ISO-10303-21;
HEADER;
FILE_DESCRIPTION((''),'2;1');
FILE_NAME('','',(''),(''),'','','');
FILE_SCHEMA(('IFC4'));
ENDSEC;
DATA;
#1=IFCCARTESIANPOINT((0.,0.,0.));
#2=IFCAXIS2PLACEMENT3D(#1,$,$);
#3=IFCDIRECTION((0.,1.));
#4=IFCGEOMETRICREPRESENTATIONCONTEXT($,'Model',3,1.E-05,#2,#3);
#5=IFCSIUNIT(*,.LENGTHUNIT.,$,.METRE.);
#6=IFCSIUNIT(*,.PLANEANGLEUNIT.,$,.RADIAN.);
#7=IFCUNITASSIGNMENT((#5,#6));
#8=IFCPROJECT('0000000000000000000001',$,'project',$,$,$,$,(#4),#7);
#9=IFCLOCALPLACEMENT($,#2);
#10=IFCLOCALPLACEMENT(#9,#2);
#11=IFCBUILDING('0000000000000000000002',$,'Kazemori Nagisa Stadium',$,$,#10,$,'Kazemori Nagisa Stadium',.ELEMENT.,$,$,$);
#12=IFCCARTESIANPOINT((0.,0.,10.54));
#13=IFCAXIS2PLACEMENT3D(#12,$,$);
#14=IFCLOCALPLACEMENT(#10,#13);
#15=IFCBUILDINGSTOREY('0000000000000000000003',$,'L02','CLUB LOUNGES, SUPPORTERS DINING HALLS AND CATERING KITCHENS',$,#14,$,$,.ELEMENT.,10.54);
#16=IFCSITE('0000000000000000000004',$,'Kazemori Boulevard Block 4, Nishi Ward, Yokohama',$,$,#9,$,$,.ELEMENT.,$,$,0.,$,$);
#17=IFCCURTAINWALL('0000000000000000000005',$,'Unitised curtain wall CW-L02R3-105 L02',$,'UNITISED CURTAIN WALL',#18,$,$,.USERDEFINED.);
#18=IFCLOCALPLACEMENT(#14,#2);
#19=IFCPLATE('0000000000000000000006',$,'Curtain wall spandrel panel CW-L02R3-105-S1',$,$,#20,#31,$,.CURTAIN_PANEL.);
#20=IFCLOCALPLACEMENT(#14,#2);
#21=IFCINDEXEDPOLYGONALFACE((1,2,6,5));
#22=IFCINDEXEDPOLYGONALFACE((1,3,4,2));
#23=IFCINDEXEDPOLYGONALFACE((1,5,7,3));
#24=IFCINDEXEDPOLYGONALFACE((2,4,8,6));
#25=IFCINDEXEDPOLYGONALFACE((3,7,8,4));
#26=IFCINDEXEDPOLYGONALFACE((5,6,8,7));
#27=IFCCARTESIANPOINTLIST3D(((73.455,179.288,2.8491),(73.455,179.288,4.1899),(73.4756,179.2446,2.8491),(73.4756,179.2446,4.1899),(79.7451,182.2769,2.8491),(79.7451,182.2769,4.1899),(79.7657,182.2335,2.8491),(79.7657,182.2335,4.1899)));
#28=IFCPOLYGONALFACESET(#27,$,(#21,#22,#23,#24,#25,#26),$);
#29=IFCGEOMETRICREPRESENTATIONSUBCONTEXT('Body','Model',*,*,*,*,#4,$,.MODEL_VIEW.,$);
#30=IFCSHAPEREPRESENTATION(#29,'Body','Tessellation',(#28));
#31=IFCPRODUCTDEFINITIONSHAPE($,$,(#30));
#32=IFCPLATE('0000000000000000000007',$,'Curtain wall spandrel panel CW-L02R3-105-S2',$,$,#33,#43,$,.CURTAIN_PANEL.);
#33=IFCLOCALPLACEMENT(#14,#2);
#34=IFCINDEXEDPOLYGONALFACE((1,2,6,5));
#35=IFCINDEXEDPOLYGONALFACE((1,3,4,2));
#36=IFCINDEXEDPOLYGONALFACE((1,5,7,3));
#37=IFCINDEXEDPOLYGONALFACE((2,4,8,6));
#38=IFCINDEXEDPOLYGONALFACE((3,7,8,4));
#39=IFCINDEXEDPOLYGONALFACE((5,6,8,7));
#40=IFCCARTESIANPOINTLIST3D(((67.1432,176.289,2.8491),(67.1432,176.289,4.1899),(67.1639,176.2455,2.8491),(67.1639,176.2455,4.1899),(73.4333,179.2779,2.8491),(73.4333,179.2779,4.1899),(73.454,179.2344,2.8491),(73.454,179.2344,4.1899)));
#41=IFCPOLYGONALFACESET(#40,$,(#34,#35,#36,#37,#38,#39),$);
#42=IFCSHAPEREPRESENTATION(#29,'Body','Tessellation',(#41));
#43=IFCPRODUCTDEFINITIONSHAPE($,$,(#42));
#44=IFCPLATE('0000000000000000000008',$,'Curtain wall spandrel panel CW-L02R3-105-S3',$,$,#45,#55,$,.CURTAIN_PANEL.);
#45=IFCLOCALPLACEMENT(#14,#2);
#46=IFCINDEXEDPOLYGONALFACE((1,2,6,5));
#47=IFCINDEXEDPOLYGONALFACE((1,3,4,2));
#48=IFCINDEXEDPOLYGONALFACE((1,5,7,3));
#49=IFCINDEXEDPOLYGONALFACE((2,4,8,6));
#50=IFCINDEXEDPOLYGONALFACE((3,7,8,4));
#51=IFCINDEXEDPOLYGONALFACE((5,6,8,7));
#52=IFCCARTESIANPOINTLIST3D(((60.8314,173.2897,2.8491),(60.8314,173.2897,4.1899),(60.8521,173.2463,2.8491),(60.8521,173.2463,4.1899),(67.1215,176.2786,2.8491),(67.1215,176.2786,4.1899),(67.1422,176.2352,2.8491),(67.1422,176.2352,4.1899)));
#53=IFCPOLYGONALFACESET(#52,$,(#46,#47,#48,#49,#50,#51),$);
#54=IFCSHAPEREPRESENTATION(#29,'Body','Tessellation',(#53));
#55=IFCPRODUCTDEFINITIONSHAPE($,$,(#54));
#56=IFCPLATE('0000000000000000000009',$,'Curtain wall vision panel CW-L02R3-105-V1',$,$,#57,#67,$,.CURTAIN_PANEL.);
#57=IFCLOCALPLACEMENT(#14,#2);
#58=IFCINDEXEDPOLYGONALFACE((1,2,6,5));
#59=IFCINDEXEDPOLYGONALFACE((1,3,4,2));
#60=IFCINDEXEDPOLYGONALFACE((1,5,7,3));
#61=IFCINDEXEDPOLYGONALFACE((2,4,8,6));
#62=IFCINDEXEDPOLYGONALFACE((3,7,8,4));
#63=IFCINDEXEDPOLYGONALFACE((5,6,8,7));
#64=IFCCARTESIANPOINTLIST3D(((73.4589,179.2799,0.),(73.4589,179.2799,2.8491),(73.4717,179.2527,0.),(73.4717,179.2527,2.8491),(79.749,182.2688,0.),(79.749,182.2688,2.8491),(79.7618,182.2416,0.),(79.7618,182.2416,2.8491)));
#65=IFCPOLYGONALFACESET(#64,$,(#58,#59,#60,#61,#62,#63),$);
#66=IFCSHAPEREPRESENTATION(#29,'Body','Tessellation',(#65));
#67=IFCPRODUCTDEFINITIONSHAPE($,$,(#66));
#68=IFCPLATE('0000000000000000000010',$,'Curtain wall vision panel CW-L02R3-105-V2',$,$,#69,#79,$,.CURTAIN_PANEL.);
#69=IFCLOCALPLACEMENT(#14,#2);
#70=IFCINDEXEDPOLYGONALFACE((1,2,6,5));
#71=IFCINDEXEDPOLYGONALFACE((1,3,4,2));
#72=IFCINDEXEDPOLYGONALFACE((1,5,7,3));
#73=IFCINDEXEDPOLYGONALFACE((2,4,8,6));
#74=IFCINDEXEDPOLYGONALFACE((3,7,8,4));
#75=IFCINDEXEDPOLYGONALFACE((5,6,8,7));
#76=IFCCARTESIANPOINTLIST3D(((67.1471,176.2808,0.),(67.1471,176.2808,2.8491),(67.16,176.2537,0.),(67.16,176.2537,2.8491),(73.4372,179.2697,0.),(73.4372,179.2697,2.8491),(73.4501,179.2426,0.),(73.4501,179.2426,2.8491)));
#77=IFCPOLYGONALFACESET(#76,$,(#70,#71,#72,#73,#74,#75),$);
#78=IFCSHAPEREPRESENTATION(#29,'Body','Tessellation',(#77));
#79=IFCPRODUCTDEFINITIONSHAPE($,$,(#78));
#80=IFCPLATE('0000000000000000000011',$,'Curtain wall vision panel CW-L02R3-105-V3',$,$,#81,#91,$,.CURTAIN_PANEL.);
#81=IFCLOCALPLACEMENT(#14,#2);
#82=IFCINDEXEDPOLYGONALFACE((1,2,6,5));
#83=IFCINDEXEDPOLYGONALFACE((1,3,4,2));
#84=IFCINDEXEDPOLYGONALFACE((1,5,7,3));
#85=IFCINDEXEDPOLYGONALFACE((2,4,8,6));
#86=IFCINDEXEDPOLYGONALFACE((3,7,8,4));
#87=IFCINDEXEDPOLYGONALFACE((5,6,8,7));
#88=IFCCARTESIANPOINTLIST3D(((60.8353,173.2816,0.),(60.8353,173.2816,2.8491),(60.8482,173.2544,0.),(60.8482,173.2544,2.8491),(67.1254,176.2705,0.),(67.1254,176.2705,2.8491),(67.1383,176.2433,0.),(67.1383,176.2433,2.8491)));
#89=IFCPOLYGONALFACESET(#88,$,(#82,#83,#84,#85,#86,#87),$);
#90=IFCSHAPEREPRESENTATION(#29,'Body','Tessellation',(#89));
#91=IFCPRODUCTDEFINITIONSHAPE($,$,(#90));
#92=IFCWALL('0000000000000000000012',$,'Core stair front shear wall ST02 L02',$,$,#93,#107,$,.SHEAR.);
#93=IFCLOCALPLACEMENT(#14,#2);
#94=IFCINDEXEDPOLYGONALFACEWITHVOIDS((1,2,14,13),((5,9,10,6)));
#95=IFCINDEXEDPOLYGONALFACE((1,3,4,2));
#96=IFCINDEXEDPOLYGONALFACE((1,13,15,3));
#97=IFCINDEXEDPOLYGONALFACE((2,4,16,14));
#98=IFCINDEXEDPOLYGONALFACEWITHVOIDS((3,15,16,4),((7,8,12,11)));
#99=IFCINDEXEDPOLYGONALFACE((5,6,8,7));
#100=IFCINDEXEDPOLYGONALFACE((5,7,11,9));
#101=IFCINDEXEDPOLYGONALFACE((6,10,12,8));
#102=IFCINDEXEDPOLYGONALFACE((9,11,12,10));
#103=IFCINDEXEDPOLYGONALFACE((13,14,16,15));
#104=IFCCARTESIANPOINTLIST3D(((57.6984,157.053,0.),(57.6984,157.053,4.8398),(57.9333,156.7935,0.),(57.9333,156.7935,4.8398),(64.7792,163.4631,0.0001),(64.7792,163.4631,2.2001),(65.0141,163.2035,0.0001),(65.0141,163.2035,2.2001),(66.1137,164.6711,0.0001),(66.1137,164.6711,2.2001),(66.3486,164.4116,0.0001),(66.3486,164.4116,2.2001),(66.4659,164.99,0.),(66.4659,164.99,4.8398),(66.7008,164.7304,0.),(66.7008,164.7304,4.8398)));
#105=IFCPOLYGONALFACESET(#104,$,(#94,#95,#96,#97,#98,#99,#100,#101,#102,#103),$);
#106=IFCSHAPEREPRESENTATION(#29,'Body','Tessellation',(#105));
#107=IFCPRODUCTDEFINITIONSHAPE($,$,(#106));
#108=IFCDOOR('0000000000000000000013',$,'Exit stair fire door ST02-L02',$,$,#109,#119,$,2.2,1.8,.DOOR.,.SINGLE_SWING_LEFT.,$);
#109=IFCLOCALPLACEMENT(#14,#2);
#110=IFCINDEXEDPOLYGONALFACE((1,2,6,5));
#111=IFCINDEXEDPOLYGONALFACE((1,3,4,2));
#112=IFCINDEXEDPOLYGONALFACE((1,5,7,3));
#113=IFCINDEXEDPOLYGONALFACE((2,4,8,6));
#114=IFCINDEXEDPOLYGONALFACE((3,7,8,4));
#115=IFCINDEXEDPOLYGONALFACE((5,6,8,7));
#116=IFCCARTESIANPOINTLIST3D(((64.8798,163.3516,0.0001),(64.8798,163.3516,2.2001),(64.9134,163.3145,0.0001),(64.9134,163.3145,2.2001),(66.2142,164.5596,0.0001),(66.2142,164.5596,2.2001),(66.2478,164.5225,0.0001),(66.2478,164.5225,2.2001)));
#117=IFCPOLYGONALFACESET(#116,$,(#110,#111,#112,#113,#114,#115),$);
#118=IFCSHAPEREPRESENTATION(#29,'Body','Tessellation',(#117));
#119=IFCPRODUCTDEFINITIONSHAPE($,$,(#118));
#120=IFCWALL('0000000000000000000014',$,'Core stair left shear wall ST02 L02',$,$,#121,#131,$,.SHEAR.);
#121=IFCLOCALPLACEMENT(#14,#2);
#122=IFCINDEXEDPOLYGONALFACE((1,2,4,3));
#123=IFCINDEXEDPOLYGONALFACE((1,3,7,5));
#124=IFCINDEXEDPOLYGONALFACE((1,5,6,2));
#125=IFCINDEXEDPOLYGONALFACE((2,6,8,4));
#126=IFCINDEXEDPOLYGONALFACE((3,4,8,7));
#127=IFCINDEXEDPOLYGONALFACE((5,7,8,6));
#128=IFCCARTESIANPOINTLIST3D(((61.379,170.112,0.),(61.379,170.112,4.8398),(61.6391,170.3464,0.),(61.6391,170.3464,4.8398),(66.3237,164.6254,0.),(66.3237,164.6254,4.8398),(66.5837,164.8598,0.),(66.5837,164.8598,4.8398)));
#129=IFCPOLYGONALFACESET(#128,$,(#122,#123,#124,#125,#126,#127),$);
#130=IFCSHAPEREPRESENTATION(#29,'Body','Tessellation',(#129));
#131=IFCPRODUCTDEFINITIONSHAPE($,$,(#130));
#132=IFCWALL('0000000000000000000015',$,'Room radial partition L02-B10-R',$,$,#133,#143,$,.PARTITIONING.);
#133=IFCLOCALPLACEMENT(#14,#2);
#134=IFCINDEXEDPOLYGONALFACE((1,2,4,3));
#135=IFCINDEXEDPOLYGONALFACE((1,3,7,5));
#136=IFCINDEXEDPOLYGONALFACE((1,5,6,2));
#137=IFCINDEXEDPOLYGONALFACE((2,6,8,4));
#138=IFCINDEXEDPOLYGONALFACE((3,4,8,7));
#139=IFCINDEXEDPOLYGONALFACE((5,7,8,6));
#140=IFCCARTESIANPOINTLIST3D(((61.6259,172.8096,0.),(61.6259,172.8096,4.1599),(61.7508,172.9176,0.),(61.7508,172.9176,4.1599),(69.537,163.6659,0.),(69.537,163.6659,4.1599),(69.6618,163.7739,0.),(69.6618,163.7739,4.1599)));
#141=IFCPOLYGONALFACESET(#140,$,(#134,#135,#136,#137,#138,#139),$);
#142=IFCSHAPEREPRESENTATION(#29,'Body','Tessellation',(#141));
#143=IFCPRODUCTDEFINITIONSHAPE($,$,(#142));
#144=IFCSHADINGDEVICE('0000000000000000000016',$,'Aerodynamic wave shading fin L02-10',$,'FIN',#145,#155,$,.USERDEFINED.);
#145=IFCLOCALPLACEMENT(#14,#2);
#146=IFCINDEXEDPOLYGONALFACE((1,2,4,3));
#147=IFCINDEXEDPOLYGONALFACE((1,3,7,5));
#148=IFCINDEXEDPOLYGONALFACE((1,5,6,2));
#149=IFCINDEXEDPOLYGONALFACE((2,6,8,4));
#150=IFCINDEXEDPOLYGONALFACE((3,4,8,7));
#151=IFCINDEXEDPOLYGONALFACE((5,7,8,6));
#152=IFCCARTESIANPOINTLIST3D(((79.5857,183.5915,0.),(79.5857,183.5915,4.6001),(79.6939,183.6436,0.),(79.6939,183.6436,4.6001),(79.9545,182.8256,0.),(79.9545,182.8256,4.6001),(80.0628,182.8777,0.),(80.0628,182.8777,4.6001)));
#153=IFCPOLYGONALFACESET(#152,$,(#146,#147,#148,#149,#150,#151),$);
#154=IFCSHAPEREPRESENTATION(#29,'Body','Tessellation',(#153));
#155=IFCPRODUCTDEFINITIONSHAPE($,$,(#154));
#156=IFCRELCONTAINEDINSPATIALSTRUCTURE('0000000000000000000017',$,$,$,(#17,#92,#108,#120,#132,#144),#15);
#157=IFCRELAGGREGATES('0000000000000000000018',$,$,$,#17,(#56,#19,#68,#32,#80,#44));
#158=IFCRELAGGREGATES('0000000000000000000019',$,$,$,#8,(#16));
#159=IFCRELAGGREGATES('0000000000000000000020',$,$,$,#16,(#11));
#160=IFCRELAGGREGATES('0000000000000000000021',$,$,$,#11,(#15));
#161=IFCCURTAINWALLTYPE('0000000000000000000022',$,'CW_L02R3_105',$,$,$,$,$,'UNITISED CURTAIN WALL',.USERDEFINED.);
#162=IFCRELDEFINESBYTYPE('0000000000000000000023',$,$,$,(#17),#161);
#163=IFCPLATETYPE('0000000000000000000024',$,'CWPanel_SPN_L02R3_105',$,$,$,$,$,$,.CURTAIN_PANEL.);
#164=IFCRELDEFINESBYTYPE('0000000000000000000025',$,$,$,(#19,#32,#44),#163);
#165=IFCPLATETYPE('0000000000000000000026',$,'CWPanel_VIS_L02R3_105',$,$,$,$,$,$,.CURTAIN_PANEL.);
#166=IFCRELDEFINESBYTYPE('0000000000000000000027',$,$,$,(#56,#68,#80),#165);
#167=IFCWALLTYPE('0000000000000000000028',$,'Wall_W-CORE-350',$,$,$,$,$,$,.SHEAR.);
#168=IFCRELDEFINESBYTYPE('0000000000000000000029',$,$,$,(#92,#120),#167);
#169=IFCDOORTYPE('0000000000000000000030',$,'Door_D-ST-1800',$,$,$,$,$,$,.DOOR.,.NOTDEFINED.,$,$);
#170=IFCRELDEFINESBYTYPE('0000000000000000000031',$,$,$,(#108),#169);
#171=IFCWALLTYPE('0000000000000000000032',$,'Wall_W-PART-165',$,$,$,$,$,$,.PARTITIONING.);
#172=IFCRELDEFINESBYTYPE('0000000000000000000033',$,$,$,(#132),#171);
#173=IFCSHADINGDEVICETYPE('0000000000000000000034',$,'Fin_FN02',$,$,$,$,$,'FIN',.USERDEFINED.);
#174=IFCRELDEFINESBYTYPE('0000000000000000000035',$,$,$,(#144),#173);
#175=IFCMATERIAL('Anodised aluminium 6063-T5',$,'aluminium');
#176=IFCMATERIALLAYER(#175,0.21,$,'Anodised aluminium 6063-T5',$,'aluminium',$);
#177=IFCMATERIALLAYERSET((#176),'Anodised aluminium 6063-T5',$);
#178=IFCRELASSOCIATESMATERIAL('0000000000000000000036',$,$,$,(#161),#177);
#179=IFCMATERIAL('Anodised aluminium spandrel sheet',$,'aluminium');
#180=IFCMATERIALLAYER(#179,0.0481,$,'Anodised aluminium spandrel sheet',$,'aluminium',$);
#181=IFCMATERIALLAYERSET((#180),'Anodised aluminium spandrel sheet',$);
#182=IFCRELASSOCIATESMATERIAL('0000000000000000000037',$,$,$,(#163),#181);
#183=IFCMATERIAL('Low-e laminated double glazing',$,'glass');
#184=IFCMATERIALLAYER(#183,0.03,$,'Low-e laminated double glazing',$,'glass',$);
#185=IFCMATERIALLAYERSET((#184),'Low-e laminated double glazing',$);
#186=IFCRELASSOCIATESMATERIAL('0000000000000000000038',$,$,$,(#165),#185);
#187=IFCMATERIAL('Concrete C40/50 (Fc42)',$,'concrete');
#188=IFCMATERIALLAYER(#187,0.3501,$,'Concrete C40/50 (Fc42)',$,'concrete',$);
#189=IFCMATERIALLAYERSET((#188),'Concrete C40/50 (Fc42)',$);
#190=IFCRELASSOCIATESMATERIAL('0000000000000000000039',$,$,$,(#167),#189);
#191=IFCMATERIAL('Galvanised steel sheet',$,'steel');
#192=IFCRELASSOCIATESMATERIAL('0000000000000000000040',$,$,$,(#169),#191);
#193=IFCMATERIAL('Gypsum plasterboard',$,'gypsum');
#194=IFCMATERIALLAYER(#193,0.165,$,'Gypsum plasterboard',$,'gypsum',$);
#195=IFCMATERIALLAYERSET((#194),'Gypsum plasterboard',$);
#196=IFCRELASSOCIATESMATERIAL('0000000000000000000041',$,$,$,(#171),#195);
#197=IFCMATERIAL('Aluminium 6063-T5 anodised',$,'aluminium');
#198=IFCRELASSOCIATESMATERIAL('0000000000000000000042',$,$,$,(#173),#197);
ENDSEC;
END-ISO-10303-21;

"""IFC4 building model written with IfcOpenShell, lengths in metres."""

from ifc_helpers import new_model, si_unit, direction, frame, frame_2d, origin, origin_2d, place, context, subcontext, project, spatial, rectangle, extrude, material, layer, layer_set, type_object, element, fill, aggregate, save


model = new_model("IFC4")

# Units and contexts
model_context = context("Model", 3, precision=1e-05, world=origin(), true_north=direction((0.0, 1.0)))
body_context = subcontext(model_context, "Body", "Model", "MODEL_VIEW")
ifc_project = project(units=[si_unit("LENGTHUNIT", "METRE"), si_unit("PLANEANGLEUNIT", "RADIAN")], contexts=[model_context])

# Site, building, storey
site_placement = place(None, origin())
site = spatial("IfcSite", under=ifc_project, at=site_placement, Name="Kazemori Boulevard Block 4, Nishi Ward, Yokohama", CompositionType="ELEMENT", RefElevation=0.0)
building_placement = place(site_placement, origin())
building = spatial("IfcBuilding", under=site, at=building_placement, Name="Kazemori Nagisa Stadium", LongName="Kazemori Nagisa Stadium", CompositionType="ELEMENT")
storey_placement = place(building_placement, frame((0.0, 0.0, 10.54)))
storey = spatial("IfcBuildingStorey", under=building, at=storey_placement, Name="L02", Description="CLUB LOUNGES, SUPPORTERS DINING HALLS AND CATERING KITCHENS", CompositionType="ELEMENT", Elevation=10.54)

# Shared definitions
ifc_material_1 = material(Name="Concrete C40/50 (Fc42)", Category="concrete")

# Curtain wall, plates
ifc_material_2 = material(Name="Anodised aluminium 6063-T5", Category="aluminium")
ifc_layer_1 = layer(ifc_material_2, 0.21, Name="Anodised aluminium 6063-T5", Category="aluminium")
ifc_layer_set_1 = layer_set([ifc_layer_1], Name="Anodised aluminium 6063-T5")
curtain_wall_type = type_object("IfcCurtainWallType", Name="CW_L02R3_105", ElementType="UNITISED CURTAIN WALL", PredefinedType="USERDEFINED", material=ifc_layer_set_1)
curtain_wall_placement = place(storey_placement, origin())
curtain_wall = element("IfcCurtainWall", 1, at=curtain_wall_placement, inside=storey, type_object=curtain_wall_type, Name="Unitised curtain wall CW-L02R3-105 L02", ObjectType="UNITISED CURTAIN WALL", PredefinedType="USERDEFINED")
ifc_material_3 = material(Name="Aluminium 6063-T5 anodised", Category="aluminium")
ifc_material_4 = material(Name="Anodised aluminium spandrel sheet", Category="aluminium")
ifc_layer_2 = layer(ifc_material_4, 0.0481, Name="Anodised aluminium spandrel sheet", Category="aluminium")
ifc_layer_set_2 = layer_set([ifc_layer_2], Name="Anodised aluminium spandrel sheet")
plate_type_1 = type_object("IfcPlateType", Name="CWPanel_SPN_L02R3_105", PredefinedType="CURTAIN_PANEL", material=ifc_layer_set_2)
plate_1_placement = place(storey_placement, frame((76.6104, 180.7607, 2.8491), z_axis=(0.0, 0.0, 1.0), x_axis=(-0.903216, -0.429186, 0.0)))
plate_1 = element("IfcPlate", 2, at=plate_1_placement, type_object=plate_type_1, Name="Curtain wall spandrel panel CW-L02R3-105-S1", PredefinedType="CURTAIN_PANEL", context=body_context, shape_type="SweptSolid", body=[
    extrude(rectangle(XDim=6.9641, YDim=0.0481, at=origin_2d()), origin(), (0.0, 0.0, 1.0), 1.3408),
])
plate_2_placement = place(storey_placement, frame((70.2986, 177.7617, 2.8491), z_axis=(0.0, 0.0, 1.0), x_axis=(-0.903216, -0.429186, 0.0)))
plate_2 = element("IfcPlate", 3, at=plate_2_placement, type_object=plate_type_1, Name="Curtain wall spandrel panel CW-L02R3-105-S2", PredefinedType="CURTAIN_PANEL", context=body_context, shape_type="SweptSolid", body=[
    extrude(rectangle(XDim=6.9641, YDim=0.0481, at=origin_2d()), origin(), (0.0, 0.0, 1.0), 1.3408),
])
plate_3_placement = place(storey_placement, frame((63.9868, 174.7625, 2.8491), z_axis=(0.0, 0.0, 1.0), x_axis=(-0.903216, -0.429186, 0.0)))
plate_3 = element("IfcPlate", 4, at=plate_3_placement, type_object=plate_type_1, Name="Curtain wall spandrel panel CW-L02R3-105-S3", PredefinedType="CURTAIN_PANEL", context=body_context, shape_type="SweptSolid", body=[
    extrude(rectangle(XDim=6.9641, YDim=0.0481, at=origin_2d()), origin(), (0.0, 0.0, 1.0), 1.3408),
])
ifc_material_5 = material(Name="Low-e laminated double glazing", Category="glass")
ifc_layer_3 = layer(ifc_material_5, 0.03, Name="Low-e laminated double glazing", Category="glass")
ifc_layer_set_3 = layer_set([ifc_layer_3], Name="Low-e laminated double glazing")
plate_type_2 = type_object("IfcPlateType", Name="CWPanel_VIS_L02R3_105", PredefinedType="CURTAIN_PANEL", material=ifc_layer_set_3)
plate_4_placement = place(storey_placement, frame((76.6104, 180.7607, 0.0), z_axis=(0.0, 0.0, 1.0), x_axis=(-0.903216, -0.429186, 0.0)))
plate_4 = element("IfcPlate", 5, at=plate_4_placement, type_object=plate_type_2, Name="Curtain wall vision panel CW-L02R3-105-V1", PredefinedType="CURTAIN_PANEL", context=body_context, shape_type="SweptSolid", body=[
    extrude(rectangle(XDim=6.9641, YDim=0.03, at=origin_2d()), origin(), (0.0, 0.0, 1.0), 2.8491),
])
plate_5_placement = place(storey_placement, frame((70.2986, 177.7617, 0.0), z_axis=(0.0, 0.0, 1.0), x_axis=(-0.903216, -0.429186, 0.0)))
plate_5 = element("IfcPlate", 6, at=plate_5_placement, type_object=plate_type_2, Name="Curtain wall vision panel CW-L02R3-105-V2", PredefinedType="CURTAIN_PANEL", context=body_context, shape_type="SweptSolid", body=[
    extrude(rectangle(XDim=6.9641, YDim=0.03, at=origin_2d()), origin(), (0.0, 0.0, 1.0), 2.8491),
])
plate_6_placement = place(storey_placement, frame((63.9868, 174.7625, 0.0), z_axis=(0.0, 0.0, 1.0), x_axis=(-0.903216, -0.429186, 0.0)))
plate_6 = element("IfcPlate", 7, at=plate_6_placement, type_object=plate_type_2, Name="Curtain wall vision panel CW-L02R3-105-V3", PredefinedType="CURTAIN_PANEL", context=body_context, shape_type="SweptSolid", body=[
    extrude(rectangle(XDim=6.9641, YDim=0.03, at=origin_2d()), origin(), (0.0, 0.0, 1.0), 2.8491),
])
aggregate(curtain_wall, [plate_4, plate_1, plate_5, plate_2, plate_6, plate_3])

# Wall, opening, door
ifc_layer_4 = layer(ifc_material_1, 0.3501, Name="Concrete C40/50 (Fc42)", Category="concrete")
ifc_layer_set_4 = layer_set([ifc_layer_4], Name="Concrete C40/50 (Fc42)")
wall_type_1 = type_object("IfcWallType", Name="Wall_W-CORE-350", PredefinedType="SHEAR", material=ifc_layer_set_4)
wall_1_placement = place(storey_placement, frame((66.5833, 164.8601, 0.0), z_axis=(0.0, 0.0, 1.0), x_axis=(-0.741349, -0.67112, 0.0)))
wall_1 = element("IfcWall", 8, at=wall_1_placement, inside=storey, type_object=wall_type_1, Name="Core stair front shear wall ST02 L02", PredefinedType="SHEAR", context=body_context, shape_type="SweptSolid", body=[
    extrude(rectangle(XDim=11.8264, YDim=0.3501, at=frame_2d((5.9131, 0.0))), origin(), (0.0, 0.0, 1.0), 4.8398),
])
opening_placement = place(wall_1_placement, frame((0.4751, 0.0, 0.0)))
opening = element("IfcOpeningElement", 9, at=opening_placement, cuts=wall_1, PredefinedType="OPENING", context=body_context, shape_type="SweptSolid", body=[
    extrude(rectangle(XDim=1.8, YDim=2.2, at=frame_2d((0.8999, 1.1001))), frame((0.0, 0.1851, 0.0), z_axis=(0.0, -1.0, 0.0), x_axis=(1.0, 0.0, 0.0)), (0.0, 0.0, 1.0), 0.3701),
])
ifc_material_6 = material(Name="Galvanised steel sheet", Category="steel")
door_type = type_object("IfcDoorType", Name="Door_D-ST-1800", OperationType="NOTDEFINED", PredefinedType="DOOR", material=ifc_material_6)
door_placement = place(opening_placement, frame((1.8, 0.0, 0.0), z_axis=(0.0, 0.0, 1.0), x_axis=(-1.0, 0.0, 0.0)))
door = element("IfcDoor", 10, at=door_placement, inside=storey, type_object=door_type, Name="Exit stair fire door ST02-L02", OperationType="SINGLE_SWING_LEFT", OverallHeight=2.2, OverallWidth=1.8, PredefinedType="DOOR", context=body_context, shape_type="SweptSolid", body=[
    extrude(rectangle(XDim=1.8, YDim=2.2, at=frame_2d((0.8999, 1.1001))), frame((0.0, 0.0249, 0.0), z_axis=(0.0, -1.0, 0.0), x_axis=(1.0, 0.0, 0.0)), (0.0, 0.0, 1.0), 0.05),
])
fill(opening, door)

# Walls
wall_2_placement = place(storey_placement, frame((66.4536, 164.7427, 0.0), z_axis=(0.0, 0.0, 1.0), x_axis=(-0.669463, 0.742845, 0.0)))
element("IfcWall", 11, at=wall_2_placement, inside=storey, type_object=wall_type_1, Name="Core stair left shear wall ST02 L02", PredefinedType="SHEAR", context=body_context, shape_type="SweptSolid", body=[
    extrude(rectangle(XDim=7.386, YDim=0.3501, at=frame_2d((3.6929, 0.0))), origin(), (0.0, 0.0, 1.0), 4.8398),
])
ifc_material_7 = material(Name="Gypsum plasterboard", Category="gypsum")
ifc_layer_5 = layer(ifc_material_7, 0.165, Name="Gypsum plasterboard", Category="gypsum")
ifc_layer_set_5 = layer_set([ifc_layer_5], Name="Gypsum plasterboard")
wall_type_2 = type_object("IfcWallType", Name="Wall_W-PART-165", PredefinedType="PARTITIONING", material=ifc_layer_set_5)
wall_3_placement = place(storey_placement, frame((69.5994, 163.72, 0.0), z_axis=(0.0, 0.0, 1.0), x_axis=(-0.654293, 0.756241, 0.0)))
element("IfcWall", 12, at=wall_3_placement, inside=storey, type_object=wall_type_2, Name="Room radial partition L02-B10-R", PredefinedType="PARTITIONING", context=body_context, shape_type="SweptSolid", body=[
    extrude(rectangle(XDim=12.0911, YDim=0.165, at=frame_2d((6.0454, 0.0))), origin(), (0.0, 0.0, 1.0), 4.1599),
])

# Shading device
shading_device_type = type_object("IfcShadingDeviceType", Name="Fin_FN02", ElementType="FIN", PredefinedType="USERDEFINED", material=ifc_material_3)
shading_device_placement = place(storey_placement, frame((79.8242, 183.2346, 0.0), z_axis=(0.0, 0.0, 1.0), x_axis=(-0.433884, 0.900969, 0.0)))
element("IfcShadingDevice", 13, at=shading_device_placement, inside=storey, type_object=shading_device_type, Name="Aerodynamic wave shading fin L02-10", ObjectType="FIN", PredefinedType="USERDEFINED", context=body_context, shape_type="SweptSolid", body=[
    extrude(rectangle(XDim=0.8501, YDim=0.1201, at=origin_2d()), origin(), (0.0, 0.0, 1.0), 4.6001),
])

save(model, "model.ifc")
